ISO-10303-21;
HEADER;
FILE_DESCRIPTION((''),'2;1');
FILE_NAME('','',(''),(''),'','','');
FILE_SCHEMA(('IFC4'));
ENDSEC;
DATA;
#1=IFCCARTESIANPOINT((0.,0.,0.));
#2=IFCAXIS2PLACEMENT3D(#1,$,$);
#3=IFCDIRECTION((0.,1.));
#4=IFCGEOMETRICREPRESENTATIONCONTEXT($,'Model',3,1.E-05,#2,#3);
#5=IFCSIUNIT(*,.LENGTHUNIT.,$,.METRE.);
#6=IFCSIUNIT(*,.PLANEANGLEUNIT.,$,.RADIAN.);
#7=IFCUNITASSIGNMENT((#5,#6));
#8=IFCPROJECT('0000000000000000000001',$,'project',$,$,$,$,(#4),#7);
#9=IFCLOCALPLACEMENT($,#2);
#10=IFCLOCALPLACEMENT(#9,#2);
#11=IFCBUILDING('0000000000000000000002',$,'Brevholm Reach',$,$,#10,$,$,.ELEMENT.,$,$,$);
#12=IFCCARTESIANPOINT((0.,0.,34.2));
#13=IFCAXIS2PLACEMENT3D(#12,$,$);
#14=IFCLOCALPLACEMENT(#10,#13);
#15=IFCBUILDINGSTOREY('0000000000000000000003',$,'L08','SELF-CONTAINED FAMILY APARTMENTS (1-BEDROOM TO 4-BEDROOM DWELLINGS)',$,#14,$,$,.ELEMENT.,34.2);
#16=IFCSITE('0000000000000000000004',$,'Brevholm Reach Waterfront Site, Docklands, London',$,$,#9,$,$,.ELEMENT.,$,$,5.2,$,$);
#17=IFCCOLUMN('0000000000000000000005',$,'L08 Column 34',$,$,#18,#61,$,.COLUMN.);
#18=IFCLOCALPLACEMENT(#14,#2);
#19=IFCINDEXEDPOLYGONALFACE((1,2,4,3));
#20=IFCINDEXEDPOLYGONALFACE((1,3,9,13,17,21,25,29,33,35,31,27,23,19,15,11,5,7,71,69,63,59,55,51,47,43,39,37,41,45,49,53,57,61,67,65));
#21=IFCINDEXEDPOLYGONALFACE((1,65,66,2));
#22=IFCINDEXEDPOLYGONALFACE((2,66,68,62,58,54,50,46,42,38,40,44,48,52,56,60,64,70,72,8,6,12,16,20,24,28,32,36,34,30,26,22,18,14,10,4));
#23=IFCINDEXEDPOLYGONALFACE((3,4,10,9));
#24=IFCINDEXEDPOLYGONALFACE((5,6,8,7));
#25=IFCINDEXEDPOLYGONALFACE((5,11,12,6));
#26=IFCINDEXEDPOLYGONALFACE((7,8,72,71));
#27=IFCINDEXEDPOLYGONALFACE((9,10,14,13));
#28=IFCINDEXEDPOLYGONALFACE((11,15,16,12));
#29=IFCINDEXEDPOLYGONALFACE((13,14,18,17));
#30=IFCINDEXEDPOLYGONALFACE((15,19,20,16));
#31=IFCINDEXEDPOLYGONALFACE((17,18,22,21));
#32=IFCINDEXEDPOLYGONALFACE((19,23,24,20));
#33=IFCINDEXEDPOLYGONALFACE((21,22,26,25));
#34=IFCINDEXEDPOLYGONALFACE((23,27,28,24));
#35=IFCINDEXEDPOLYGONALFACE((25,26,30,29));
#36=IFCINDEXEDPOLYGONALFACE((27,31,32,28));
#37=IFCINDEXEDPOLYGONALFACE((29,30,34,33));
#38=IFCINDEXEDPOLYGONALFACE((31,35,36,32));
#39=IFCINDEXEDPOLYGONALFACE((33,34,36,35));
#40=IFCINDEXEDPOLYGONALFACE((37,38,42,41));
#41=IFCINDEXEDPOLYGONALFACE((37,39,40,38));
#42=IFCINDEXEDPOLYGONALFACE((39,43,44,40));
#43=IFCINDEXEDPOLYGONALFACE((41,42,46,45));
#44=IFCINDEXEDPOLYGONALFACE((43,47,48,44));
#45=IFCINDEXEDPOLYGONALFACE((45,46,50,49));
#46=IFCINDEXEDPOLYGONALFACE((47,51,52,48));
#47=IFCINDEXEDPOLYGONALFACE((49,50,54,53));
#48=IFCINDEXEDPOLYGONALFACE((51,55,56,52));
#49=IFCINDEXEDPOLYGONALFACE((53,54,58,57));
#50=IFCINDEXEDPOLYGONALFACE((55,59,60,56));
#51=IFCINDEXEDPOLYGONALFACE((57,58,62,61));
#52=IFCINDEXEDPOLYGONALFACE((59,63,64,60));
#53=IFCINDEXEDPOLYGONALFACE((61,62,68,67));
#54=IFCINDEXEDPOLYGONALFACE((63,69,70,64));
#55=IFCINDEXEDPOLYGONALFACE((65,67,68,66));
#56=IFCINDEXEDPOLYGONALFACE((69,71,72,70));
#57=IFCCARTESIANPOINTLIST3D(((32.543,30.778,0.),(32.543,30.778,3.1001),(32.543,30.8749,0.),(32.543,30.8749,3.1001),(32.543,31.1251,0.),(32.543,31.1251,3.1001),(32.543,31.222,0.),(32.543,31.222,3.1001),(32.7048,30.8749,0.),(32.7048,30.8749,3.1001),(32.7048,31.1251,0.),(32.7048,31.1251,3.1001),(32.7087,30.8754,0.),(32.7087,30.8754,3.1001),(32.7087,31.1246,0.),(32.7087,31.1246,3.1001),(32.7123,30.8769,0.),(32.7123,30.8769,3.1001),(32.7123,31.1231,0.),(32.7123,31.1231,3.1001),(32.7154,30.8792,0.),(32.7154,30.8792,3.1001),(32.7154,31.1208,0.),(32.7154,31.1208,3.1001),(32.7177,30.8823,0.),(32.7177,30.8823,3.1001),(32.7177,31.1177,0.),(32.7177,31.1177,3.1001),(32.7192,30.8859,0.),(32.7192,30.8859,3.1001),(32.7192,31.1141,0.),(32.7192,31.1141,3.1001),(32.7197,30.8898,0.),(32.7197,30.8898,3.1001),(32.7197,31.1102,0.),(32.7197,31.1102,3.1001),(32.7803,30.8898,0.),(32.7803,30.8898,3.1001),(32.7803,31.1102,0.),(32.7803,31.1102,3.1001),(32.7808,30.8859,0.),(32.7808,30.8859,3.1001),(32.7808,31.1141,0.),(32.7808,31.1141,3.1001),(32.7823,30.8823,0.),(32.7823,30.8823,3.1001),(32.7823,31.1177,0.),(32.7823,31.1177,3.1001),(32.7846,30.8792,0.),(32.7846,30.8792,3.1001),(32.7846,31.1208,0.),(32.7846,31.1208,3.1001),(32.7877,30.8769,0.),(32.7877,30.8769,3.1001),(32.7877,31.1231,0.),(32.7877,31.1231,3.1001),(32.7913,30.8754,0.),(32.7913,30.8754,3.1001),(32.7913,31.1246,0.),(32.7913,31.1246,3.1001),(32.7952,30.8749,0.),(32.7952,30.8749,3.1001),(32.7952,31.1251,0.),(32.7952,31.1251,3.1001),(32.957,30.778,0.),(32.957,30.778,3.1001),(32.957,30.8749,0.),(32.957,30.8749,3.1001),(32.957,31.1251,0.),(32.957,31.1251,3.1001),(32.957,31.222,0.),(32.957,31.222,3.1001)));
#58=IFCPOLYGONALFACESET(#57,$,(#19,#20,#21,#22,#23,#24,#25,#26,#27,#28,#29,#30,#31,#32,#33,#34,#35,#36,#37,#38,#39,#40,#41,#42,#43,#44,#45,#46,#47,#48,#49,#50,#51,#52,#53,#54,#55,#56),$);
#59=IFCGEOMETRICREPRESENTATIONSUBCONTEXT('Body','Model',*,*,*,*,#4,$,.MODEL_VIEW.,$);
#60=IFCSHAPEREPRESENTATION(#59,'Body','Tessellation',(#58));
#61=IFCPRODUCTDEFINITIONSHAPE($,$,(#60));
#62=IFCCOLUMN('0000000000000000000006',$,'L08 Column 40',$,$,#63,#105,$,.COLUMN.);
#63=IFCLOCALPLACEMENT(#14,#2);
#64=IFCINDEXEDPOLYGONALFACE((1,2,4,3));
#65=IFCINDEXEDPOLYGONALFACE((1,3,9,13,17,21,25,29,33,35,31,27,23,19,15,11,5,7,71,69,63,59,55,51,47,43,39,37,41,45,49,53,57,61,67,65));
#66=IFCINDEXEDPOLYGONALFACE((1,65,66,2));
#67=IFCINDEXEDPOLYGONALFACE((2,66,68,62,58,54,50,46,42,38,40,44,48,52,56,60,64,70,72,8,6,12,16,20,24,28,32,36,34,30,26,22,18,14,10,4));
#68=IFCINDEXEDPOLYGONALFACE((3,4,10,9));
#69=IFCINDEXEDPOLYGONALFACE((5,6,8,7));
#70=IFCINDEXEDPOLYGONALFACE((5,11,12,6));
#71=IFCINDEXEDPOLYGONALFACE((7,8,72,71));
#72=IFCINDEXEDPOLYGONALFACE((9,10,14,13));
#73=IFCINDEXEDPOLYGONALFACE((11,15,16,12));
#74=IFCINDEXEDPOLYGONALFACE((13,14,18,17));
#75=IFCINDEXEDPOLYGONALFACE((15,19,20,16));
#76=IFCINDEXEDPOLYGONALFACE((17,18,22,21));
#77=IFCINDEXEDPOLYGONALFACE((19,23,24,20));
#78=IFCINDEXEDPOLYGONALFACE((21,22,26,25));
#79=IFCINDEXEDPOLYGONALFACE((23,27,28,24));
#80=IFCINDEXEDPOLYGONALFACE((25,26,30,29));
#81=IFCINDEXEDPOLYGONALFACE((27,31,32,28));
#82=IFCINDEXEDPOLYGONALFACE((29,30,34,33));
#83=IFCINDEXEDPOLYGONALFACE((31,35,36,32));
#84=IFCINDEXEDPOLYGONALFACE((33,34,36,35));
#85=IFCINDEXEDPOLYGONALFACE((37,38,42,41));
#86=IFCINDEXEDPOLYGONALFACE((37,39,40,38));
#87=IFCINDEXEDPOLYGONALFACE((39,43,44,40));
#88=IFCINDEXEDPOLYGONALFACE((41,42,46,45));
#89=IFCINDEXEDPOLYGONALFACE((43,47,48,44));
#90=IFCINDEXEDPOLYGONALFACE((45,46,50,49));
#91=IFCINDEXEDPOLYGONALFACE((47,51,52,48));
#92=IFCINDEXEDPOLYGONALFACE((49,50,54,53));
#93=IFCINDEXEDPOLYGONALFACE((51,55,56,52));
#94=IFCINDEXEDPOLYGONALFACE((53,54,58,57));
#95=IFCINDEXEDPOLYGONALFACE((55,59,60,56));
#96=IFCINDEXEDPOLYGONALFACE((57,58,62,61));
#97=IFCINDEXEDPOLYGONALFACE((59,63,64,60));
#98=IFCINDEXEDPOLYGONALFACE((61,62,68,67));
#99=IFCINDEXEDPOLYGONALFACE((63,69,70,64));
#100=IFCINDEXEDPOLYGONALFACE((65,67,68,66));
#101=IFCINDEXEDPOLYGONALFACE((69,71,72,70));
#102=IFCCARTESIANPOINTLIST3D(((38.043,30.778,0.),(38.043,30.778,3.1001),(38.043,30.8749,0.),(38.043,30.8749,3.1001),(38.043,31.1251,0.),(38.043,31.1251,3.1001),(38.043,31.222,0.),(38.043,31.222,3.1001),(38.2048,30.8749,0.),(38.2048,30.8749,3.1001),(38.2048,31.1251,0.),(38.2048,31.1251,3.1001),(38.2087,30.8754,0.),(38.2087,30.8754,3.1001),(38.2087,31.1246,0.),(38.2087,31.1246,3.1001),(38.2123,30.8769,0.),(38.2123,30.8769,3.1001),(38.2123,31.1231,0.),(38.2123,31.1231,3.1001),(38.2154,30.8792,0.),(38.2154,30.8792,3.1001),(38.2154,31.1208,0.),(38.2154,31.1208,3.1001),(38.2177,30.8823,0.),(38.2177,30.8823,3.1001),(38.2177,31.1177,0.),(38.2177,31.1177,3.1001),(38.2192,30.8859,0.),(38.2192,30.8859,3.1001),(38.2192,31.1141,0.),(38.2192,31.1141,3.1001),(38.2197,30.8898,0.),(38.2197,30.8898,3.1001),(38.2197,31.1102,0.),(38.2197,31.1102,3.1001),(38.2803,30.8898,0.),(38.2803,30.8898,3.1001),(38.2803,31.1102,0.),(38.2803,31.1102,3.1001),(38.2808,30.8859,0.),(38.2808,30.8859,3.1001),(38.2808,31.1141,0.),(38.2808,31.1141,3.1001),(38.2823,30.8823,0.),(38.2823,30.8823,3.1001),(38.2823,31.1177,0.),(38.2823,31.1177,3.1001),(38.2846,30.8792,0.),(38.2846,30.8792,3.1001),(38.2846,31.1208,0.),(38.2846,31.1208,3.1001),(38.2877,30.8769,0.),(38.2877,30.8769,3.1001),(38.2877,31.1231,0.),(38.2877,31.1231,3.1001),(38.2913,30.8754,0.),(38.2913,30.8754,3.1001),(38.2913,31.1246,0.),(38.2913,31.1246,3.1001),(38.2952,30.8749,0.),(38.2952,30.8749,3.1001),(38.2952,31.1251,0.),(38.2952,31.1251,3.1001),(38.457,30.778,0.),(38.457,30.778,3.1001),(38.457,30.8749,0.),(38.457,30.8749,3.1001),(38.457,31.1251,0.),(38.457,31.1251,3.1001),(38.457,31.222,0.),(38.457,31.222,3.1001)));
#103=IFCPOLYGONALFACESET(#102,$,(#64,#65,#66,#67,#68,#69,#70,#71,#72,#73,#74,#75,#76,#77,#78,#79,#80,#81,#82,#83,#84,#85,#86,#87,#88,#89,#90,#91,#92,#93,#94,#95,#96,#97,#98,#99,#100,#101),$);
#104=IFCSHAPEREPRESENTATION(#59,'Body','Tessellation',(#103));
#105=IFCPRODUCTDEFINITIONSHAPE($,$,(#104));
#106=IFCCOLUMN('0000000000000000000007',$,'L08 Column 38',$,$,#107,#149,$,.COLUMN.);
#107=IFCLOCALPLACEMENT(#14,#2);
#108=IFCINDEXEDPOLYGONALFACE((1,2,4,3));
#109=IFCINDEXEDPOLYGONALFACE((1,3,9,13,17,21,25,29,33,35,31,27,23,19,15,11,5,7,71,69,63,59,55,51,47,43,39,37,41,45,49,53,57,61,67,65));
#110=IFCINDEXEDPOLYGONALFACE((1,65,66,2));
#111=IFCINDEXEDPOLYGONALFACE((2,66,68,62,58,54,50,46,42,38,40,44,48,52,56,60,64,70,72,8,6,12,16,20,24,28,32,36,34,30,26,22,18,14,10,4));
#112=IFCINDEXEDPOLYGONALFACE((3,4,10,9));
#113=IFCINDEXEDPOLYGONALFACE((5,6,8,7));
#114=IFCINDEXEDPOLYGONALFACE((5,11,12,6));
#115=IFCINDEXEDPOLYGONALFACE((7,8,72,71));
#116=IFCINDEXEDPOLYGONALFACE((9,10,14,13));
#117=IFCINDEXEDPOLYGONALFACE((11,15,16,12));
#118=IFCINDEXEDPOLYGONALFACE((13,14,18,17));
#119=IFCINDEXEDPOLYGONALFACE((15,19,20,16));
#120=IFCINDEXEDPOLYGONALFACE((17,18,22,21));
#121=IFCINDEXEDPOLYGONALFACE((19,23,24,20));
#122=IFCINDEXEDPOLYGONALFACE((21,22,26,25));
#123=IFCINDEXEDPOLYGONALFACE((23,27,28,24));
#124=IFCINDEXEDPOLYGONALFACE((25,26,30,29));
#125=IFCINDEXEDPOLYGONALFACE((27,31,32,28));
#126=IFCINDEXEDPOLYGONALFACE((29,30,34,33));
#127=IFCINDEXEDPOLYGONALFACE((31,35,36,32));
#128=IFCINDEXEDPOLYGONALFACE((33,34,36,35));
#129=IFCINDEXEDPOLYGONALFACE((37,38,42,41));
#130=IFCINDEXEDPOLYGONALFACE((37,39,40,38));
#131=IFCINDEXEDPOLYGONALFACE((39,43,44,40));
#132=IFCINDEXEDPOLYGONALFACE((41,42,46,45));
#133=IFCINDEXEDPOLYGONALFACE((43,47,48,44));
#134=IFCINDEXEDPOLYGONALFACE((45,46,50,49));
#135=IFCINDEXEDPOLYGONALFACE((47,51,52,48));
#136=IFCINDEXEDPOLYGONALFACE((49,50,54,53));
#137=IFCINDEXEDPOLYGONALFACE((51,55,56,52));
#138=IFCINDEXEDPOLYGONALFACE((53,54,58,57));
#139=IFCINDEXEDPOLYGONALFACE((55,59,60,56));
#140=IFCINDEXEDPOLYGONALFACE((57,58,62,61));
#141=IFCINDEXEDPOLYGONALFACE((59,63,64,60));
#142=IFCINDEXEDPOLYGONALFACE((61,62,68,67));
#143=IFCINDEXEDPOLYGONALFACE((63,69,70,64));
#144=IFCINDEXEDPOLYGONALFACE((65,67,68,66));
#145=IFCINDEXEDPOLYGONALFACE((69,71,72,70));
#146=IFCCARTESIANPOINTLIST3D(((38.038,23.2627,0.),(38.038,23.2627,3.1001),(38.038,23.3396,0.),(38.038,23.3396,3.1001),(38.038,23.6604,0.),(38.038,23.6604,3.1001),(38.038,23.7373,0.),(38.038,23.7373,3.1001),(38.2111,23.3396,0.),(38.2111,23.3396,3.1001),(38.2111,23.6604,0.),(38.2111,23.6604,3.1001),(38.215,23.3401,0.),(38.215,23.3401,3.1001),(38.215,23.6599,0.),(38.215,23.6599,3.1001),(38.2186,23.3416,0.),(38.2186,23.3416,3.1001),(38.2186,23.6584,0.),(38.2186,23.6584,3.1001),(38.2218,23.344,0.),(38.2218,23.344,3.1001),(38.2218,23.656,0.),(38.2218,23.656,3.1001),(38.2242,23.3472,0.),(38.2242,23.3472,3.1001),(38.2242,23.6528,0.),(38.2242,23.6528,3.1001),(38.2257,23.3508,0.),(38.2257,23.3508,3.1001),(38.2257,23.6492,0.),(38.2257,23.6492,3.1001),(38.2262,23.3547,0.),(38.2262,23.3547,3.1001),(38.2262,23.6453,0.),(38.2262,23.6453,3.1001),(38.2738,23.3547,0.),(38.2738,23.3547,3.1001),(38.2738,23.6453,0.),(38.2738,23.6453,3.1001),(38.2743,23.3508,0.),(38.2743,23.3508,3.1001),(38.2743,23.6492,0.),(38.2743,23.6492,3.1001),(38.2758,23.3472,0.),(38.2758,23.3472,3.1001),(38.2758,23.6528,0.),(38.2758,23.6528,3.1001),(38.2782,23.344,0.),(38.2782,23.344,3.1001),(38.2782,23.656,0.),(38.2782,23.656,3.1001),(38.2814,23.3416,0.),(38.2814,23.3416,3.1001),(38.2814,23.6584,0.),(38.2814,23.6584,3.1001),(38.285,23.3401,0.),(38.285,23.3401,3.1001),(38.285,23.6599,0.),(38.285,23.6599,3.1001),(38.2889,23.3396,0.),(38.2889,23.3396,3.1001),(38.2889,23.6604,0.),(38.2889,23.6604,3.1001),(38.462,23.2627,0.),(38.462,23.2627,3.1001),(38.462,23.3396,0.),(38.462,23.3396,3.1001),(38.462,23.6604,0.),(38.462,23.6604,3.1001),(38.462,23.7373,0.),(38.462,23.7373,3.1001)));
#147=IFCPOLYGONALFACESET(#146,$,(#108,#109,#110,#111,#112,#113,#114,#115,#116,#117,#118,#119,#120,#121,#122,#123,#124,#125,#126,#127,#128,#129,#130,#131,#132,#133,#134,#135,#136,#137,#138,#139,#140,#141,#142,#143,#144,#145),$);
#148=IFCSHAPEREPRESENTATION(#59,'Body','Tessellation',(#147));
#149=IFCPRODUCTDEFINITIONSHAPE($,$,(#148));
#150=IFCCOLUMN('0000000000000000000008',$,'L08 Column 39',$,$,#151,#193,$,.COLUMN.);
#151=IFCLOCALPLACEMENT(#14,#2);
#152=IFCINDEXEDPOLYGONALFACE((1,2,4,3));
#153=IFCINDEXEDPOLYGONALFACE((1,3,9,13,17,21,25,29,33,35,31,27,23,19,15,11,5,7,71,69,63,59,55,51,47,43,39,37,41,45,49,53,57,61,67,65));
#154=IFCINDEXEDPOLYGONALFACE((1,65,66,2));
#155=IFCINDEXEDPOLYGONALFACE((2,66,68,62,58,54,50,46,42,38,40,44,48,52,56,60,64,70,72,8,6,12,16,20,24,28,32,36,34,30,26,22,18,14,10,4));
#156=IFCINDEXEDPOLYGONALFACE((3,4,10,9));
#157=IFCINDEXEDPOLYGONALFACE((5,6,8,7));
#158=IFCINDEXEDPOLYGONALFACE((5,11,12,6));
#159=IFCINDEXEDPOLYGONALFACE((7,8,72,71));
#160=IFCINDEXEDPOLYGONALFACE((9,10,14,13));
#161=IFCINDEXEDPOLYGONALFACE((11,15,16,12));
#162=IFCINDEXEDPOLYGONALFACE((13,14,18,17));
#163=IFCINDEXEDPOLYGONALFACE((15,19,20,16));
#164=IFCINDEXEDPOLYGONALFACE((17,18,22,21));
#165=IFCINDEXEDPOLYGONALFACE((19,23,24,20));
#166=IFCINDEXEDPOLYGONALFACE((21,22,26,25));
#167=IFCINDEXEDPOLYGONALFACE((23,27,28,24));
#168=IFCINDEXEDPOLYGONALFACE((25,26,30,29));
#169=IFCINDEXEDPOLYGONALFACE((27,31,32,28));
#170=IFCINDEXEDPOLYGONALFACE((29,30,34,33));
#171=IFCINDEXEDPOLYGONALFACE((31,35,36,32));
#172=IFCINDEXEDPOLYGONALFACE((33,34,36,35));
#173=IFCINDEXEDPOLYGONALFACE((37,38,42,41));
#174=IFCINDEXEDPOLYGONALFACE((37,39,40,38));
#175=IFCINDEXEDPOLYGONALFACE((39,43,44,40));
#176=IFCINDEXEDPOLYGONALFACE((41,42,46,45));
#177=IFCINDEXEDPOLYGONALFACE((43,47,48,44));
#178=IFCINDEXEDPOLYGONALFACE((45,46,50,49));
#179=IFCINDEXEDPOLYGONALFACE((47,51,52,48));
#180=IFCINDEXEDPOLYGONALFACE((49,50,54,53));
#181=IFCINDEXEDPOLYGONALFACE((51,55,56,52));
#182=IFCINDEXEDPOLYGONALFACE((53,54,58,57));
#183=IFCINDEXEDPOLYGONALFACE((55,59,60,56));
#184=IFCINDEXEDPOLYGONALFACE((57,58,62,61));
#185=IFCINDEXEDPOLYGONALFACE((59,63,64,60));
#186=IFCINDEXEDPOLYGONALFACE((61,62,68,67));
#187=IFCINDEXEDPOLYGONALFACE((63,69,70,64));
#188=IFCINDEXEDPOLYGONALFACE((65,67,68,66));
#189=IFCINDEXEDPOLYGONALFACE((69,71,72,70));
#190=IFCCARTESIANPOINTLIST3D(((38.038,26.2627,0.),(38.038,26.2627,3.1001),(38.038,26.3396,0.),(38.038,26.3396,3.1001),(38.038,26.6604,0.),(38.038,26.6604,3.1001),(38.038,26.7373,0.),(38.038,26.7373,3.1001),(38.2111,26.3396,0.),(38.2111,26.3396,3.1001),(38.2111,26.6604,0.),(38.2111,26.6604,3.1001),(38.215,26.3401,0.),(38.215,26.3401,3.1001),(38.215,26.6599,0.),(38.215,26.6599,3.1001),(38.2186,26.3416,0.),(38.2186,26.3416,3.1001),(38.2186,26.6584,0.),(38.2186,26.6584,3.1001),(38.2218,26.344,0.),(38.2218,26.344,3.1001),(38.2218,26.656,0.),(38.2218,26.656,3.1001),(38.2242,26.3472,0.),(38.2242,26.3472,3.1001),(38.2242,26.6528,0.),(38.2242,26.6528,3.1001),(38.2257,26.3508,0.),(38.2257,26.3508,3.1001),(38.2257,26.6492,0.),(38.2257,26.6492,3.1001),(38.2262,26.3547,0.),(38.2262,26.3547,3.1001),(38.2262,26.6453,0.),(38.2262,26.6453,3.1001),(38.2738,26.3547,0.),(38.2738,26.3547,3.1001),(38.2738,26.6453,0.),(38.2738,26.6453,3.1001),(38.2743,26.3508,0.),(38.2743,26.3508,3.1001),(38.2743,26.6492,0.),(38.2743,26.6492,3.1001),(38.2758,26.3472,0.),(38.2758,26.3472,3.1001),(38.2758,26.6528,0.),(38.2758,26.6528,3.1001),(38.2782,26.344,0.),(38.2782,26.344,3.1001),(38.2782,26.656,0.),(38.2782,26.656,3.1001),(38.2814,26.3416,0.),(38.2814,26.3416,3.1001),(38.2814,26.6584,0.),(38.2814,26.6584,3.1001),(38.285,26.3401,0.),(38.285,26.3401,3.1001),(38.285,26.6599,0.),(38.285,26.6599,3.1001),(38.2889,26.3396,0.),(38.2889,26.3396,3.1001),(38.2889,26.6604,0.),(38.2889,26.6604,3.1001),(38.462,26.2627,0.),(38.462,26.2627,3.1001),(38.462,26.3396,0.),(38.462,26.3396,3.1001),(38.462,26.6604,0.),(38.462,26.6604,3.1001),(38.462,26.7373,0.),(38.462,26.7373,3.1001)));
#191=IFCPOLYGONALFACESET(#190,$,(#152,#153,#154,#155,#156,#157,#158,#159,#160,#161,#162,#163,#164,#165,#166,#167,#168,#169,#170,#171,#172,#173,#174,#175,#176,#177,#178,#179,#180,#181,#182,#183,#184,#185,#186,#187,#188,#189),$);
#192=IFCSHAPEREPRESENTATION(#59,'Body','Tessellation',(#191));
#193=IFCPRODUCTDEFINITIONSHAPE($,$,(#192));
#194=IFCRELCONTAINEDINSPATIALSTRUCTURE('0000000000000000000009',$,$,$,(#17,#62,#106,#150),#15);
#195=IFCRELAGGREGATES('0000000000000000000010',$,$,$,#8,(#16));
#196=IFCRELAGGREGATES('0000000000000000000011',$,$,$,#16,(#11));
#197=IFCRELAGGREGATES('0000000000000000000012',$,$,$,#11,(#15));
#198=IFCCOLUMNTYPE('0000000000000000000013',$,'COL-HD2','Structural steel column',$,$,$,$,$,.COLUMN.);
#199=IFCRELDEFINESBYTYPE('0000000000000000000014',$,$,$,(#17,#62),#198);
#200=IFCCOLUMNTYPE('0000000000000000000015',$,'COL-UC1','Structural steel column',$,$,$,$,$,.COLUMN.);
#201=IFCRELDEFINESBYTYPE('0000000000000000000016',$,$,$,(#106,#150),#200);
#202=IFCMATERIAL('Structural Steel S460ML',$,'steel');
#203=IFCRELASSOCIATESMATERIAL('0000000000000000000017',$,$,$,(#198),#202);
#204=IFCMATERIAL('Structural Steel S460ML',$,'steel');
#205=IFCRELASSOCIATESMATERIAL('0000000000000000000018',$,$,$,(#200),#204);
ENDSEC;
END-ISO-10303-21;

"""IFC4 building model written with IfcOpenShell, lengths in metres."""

from ifc_helpers import new_model, si_unit, direction, frame, origin, origin_2d, place, context, subcontext, project, spatial, i_section, extrude, material, material_profile, profile_set, type_object, element, save


model = new_model("IFC4")

# Units and contexts
model_context = context("Model", 3, precision=1e-05, world=origin(), true_north=direction((0.0, 1.0)))
body_context = subcontext(model_context, "Body", "Model", "MODEL_VIEW")
ifc_project = project(units=[si_unit("LENGTHUNIT", "METRE"), si_unit("PLANEANGLEUNIT", "RADIAN")], contexts=[model_context])

# Site, building, storey
site_placement = place(None, origin())
site = spatial("IfcSite", under=ifc_project, at=site_placement, Name="Brevholm Reach Waterfront Site, Docklands, London", CompositionType="ELEMENT", RefElevation=5.2)
building_placement = place(site_placement, origin())
building = spatial("IfcBuilding", under=site, at=building_placement, Name="Brevholm Reach", CompositionType="ELEMENT")
storey_placement = place(building_placement, frame((0.0, 0.0, 34.2)))
storey = spatial("IfcBuildingStorey", under=building, at=storey_placement, Name="L08", Description="SELF-CONTAINED FAMILY APARTMENTS (1-BEDROOM TO 4-BEDROOM DWELLINGS)", CompositionType="ELEMENT", Elevation=34.2)

# Columns
ifc_material_1 = material(Name="Structural Steel S460ML", Category="steel")
ifc_material_profile_1 = material_profile(ifc_material_1, i_section(OverallWidth=0.4141, OverallDepth=0.4441, WebThickness=0.0605, FlangeThickness=0.0969, FilletRadius=0.0149, at=origin_2d()), Name="HD 400x818")
ifc_profile_set_1 = profile_set([ifc_material_profile_1], Name="Structural Steel S460ML")
column_type_1 = type_object("IfcColumnType", Name="COL-HD2", Description="Structural steel column", PredefinedType="COLUMN", material=ifc_profile_set_1)
for number, where, z_axis, x_axis, name in (
    (1, (32.75, 31.0, 0.0), (0.0, 0.0, 1.0), (1.0, 0.0, 0.0), "L08 Column 34"),
    (2, (38.25, 31.0, 0.0), (0.0, 0.0, 1.0), (1.0, 0.0, 0.0), "L08 Column 40"),
):
    element("IfcColumn", number, at=place(storey_placement, frame(where, z_axis=z_axis, x_axis=x_axis)), inside=storey, type_object=column_type_1, Name=name, PredefinedType="COLUMN", context=body_context, shape_type="SweptSolid", body=[
        extrude(i_section(OverallWidth=0.4141, OverallDepth=0.4441, WebThickness=0.0605, FlangeThickness=0.0969, FilletRadius=0.0149, at=origin_2d()), origin(), (0.0, 0.0, 1.0), 3.1001),
    ])
ifc_material_2 = material(Name="Structural Steel S460ML", Category="steel")
ifc_material_profile_2 = material_profile(ifc_material_2, i_section(OverallWidth=0.4241, OverallDepth=0.4746, WebThickness=0.0476, FlangeThickness=0.0769, FilletRadius=0.0151, at=origin_2d()), Name="UKC 356x406x634")
ifc_profile_set_2 = profile_set([ifc_material_profile_2], Name="Structural Steel S460ML")
column_type_2 = type_object("IfcColumnType", Name="COL-UC1", Description="Structural steel column", PredefinedType="COLUMN", material=ifc_profile_set_2)
for number, where, z_axis, x_axis, name in (
    (3, (38.25, 23.5, 0.0), (0.0, 0.0, 1.0), (1.0, 0.0, 0.0), "L08 Column 38"),
    (4, (38.25, 26.5, 0.0), (0.0, 0.0, 1.0), (1.0, 0.0, 0.0), "L08 Column 39"),
):
    element("IfcColumn", number, at=place(storey_placement, frame(where, z_axis=z_axis, x_axis=x_axis)), inside=storey, type_object=column_type_2, Name=name, PredefinedType="COLUMN", context=body_context, shape_type="SweptSolid", body=[
        extrude(i_section(OverallWidth=0.4241, OverallDepth=0.4746, WebThickness=0.0476, FlangeThickness=0.0769, FilletRadius=0.0151, at=origin_2d()), origin(), (0.0, 0.0, 1.0), 3.1001),
    ])

save(model, "model.ifc")
